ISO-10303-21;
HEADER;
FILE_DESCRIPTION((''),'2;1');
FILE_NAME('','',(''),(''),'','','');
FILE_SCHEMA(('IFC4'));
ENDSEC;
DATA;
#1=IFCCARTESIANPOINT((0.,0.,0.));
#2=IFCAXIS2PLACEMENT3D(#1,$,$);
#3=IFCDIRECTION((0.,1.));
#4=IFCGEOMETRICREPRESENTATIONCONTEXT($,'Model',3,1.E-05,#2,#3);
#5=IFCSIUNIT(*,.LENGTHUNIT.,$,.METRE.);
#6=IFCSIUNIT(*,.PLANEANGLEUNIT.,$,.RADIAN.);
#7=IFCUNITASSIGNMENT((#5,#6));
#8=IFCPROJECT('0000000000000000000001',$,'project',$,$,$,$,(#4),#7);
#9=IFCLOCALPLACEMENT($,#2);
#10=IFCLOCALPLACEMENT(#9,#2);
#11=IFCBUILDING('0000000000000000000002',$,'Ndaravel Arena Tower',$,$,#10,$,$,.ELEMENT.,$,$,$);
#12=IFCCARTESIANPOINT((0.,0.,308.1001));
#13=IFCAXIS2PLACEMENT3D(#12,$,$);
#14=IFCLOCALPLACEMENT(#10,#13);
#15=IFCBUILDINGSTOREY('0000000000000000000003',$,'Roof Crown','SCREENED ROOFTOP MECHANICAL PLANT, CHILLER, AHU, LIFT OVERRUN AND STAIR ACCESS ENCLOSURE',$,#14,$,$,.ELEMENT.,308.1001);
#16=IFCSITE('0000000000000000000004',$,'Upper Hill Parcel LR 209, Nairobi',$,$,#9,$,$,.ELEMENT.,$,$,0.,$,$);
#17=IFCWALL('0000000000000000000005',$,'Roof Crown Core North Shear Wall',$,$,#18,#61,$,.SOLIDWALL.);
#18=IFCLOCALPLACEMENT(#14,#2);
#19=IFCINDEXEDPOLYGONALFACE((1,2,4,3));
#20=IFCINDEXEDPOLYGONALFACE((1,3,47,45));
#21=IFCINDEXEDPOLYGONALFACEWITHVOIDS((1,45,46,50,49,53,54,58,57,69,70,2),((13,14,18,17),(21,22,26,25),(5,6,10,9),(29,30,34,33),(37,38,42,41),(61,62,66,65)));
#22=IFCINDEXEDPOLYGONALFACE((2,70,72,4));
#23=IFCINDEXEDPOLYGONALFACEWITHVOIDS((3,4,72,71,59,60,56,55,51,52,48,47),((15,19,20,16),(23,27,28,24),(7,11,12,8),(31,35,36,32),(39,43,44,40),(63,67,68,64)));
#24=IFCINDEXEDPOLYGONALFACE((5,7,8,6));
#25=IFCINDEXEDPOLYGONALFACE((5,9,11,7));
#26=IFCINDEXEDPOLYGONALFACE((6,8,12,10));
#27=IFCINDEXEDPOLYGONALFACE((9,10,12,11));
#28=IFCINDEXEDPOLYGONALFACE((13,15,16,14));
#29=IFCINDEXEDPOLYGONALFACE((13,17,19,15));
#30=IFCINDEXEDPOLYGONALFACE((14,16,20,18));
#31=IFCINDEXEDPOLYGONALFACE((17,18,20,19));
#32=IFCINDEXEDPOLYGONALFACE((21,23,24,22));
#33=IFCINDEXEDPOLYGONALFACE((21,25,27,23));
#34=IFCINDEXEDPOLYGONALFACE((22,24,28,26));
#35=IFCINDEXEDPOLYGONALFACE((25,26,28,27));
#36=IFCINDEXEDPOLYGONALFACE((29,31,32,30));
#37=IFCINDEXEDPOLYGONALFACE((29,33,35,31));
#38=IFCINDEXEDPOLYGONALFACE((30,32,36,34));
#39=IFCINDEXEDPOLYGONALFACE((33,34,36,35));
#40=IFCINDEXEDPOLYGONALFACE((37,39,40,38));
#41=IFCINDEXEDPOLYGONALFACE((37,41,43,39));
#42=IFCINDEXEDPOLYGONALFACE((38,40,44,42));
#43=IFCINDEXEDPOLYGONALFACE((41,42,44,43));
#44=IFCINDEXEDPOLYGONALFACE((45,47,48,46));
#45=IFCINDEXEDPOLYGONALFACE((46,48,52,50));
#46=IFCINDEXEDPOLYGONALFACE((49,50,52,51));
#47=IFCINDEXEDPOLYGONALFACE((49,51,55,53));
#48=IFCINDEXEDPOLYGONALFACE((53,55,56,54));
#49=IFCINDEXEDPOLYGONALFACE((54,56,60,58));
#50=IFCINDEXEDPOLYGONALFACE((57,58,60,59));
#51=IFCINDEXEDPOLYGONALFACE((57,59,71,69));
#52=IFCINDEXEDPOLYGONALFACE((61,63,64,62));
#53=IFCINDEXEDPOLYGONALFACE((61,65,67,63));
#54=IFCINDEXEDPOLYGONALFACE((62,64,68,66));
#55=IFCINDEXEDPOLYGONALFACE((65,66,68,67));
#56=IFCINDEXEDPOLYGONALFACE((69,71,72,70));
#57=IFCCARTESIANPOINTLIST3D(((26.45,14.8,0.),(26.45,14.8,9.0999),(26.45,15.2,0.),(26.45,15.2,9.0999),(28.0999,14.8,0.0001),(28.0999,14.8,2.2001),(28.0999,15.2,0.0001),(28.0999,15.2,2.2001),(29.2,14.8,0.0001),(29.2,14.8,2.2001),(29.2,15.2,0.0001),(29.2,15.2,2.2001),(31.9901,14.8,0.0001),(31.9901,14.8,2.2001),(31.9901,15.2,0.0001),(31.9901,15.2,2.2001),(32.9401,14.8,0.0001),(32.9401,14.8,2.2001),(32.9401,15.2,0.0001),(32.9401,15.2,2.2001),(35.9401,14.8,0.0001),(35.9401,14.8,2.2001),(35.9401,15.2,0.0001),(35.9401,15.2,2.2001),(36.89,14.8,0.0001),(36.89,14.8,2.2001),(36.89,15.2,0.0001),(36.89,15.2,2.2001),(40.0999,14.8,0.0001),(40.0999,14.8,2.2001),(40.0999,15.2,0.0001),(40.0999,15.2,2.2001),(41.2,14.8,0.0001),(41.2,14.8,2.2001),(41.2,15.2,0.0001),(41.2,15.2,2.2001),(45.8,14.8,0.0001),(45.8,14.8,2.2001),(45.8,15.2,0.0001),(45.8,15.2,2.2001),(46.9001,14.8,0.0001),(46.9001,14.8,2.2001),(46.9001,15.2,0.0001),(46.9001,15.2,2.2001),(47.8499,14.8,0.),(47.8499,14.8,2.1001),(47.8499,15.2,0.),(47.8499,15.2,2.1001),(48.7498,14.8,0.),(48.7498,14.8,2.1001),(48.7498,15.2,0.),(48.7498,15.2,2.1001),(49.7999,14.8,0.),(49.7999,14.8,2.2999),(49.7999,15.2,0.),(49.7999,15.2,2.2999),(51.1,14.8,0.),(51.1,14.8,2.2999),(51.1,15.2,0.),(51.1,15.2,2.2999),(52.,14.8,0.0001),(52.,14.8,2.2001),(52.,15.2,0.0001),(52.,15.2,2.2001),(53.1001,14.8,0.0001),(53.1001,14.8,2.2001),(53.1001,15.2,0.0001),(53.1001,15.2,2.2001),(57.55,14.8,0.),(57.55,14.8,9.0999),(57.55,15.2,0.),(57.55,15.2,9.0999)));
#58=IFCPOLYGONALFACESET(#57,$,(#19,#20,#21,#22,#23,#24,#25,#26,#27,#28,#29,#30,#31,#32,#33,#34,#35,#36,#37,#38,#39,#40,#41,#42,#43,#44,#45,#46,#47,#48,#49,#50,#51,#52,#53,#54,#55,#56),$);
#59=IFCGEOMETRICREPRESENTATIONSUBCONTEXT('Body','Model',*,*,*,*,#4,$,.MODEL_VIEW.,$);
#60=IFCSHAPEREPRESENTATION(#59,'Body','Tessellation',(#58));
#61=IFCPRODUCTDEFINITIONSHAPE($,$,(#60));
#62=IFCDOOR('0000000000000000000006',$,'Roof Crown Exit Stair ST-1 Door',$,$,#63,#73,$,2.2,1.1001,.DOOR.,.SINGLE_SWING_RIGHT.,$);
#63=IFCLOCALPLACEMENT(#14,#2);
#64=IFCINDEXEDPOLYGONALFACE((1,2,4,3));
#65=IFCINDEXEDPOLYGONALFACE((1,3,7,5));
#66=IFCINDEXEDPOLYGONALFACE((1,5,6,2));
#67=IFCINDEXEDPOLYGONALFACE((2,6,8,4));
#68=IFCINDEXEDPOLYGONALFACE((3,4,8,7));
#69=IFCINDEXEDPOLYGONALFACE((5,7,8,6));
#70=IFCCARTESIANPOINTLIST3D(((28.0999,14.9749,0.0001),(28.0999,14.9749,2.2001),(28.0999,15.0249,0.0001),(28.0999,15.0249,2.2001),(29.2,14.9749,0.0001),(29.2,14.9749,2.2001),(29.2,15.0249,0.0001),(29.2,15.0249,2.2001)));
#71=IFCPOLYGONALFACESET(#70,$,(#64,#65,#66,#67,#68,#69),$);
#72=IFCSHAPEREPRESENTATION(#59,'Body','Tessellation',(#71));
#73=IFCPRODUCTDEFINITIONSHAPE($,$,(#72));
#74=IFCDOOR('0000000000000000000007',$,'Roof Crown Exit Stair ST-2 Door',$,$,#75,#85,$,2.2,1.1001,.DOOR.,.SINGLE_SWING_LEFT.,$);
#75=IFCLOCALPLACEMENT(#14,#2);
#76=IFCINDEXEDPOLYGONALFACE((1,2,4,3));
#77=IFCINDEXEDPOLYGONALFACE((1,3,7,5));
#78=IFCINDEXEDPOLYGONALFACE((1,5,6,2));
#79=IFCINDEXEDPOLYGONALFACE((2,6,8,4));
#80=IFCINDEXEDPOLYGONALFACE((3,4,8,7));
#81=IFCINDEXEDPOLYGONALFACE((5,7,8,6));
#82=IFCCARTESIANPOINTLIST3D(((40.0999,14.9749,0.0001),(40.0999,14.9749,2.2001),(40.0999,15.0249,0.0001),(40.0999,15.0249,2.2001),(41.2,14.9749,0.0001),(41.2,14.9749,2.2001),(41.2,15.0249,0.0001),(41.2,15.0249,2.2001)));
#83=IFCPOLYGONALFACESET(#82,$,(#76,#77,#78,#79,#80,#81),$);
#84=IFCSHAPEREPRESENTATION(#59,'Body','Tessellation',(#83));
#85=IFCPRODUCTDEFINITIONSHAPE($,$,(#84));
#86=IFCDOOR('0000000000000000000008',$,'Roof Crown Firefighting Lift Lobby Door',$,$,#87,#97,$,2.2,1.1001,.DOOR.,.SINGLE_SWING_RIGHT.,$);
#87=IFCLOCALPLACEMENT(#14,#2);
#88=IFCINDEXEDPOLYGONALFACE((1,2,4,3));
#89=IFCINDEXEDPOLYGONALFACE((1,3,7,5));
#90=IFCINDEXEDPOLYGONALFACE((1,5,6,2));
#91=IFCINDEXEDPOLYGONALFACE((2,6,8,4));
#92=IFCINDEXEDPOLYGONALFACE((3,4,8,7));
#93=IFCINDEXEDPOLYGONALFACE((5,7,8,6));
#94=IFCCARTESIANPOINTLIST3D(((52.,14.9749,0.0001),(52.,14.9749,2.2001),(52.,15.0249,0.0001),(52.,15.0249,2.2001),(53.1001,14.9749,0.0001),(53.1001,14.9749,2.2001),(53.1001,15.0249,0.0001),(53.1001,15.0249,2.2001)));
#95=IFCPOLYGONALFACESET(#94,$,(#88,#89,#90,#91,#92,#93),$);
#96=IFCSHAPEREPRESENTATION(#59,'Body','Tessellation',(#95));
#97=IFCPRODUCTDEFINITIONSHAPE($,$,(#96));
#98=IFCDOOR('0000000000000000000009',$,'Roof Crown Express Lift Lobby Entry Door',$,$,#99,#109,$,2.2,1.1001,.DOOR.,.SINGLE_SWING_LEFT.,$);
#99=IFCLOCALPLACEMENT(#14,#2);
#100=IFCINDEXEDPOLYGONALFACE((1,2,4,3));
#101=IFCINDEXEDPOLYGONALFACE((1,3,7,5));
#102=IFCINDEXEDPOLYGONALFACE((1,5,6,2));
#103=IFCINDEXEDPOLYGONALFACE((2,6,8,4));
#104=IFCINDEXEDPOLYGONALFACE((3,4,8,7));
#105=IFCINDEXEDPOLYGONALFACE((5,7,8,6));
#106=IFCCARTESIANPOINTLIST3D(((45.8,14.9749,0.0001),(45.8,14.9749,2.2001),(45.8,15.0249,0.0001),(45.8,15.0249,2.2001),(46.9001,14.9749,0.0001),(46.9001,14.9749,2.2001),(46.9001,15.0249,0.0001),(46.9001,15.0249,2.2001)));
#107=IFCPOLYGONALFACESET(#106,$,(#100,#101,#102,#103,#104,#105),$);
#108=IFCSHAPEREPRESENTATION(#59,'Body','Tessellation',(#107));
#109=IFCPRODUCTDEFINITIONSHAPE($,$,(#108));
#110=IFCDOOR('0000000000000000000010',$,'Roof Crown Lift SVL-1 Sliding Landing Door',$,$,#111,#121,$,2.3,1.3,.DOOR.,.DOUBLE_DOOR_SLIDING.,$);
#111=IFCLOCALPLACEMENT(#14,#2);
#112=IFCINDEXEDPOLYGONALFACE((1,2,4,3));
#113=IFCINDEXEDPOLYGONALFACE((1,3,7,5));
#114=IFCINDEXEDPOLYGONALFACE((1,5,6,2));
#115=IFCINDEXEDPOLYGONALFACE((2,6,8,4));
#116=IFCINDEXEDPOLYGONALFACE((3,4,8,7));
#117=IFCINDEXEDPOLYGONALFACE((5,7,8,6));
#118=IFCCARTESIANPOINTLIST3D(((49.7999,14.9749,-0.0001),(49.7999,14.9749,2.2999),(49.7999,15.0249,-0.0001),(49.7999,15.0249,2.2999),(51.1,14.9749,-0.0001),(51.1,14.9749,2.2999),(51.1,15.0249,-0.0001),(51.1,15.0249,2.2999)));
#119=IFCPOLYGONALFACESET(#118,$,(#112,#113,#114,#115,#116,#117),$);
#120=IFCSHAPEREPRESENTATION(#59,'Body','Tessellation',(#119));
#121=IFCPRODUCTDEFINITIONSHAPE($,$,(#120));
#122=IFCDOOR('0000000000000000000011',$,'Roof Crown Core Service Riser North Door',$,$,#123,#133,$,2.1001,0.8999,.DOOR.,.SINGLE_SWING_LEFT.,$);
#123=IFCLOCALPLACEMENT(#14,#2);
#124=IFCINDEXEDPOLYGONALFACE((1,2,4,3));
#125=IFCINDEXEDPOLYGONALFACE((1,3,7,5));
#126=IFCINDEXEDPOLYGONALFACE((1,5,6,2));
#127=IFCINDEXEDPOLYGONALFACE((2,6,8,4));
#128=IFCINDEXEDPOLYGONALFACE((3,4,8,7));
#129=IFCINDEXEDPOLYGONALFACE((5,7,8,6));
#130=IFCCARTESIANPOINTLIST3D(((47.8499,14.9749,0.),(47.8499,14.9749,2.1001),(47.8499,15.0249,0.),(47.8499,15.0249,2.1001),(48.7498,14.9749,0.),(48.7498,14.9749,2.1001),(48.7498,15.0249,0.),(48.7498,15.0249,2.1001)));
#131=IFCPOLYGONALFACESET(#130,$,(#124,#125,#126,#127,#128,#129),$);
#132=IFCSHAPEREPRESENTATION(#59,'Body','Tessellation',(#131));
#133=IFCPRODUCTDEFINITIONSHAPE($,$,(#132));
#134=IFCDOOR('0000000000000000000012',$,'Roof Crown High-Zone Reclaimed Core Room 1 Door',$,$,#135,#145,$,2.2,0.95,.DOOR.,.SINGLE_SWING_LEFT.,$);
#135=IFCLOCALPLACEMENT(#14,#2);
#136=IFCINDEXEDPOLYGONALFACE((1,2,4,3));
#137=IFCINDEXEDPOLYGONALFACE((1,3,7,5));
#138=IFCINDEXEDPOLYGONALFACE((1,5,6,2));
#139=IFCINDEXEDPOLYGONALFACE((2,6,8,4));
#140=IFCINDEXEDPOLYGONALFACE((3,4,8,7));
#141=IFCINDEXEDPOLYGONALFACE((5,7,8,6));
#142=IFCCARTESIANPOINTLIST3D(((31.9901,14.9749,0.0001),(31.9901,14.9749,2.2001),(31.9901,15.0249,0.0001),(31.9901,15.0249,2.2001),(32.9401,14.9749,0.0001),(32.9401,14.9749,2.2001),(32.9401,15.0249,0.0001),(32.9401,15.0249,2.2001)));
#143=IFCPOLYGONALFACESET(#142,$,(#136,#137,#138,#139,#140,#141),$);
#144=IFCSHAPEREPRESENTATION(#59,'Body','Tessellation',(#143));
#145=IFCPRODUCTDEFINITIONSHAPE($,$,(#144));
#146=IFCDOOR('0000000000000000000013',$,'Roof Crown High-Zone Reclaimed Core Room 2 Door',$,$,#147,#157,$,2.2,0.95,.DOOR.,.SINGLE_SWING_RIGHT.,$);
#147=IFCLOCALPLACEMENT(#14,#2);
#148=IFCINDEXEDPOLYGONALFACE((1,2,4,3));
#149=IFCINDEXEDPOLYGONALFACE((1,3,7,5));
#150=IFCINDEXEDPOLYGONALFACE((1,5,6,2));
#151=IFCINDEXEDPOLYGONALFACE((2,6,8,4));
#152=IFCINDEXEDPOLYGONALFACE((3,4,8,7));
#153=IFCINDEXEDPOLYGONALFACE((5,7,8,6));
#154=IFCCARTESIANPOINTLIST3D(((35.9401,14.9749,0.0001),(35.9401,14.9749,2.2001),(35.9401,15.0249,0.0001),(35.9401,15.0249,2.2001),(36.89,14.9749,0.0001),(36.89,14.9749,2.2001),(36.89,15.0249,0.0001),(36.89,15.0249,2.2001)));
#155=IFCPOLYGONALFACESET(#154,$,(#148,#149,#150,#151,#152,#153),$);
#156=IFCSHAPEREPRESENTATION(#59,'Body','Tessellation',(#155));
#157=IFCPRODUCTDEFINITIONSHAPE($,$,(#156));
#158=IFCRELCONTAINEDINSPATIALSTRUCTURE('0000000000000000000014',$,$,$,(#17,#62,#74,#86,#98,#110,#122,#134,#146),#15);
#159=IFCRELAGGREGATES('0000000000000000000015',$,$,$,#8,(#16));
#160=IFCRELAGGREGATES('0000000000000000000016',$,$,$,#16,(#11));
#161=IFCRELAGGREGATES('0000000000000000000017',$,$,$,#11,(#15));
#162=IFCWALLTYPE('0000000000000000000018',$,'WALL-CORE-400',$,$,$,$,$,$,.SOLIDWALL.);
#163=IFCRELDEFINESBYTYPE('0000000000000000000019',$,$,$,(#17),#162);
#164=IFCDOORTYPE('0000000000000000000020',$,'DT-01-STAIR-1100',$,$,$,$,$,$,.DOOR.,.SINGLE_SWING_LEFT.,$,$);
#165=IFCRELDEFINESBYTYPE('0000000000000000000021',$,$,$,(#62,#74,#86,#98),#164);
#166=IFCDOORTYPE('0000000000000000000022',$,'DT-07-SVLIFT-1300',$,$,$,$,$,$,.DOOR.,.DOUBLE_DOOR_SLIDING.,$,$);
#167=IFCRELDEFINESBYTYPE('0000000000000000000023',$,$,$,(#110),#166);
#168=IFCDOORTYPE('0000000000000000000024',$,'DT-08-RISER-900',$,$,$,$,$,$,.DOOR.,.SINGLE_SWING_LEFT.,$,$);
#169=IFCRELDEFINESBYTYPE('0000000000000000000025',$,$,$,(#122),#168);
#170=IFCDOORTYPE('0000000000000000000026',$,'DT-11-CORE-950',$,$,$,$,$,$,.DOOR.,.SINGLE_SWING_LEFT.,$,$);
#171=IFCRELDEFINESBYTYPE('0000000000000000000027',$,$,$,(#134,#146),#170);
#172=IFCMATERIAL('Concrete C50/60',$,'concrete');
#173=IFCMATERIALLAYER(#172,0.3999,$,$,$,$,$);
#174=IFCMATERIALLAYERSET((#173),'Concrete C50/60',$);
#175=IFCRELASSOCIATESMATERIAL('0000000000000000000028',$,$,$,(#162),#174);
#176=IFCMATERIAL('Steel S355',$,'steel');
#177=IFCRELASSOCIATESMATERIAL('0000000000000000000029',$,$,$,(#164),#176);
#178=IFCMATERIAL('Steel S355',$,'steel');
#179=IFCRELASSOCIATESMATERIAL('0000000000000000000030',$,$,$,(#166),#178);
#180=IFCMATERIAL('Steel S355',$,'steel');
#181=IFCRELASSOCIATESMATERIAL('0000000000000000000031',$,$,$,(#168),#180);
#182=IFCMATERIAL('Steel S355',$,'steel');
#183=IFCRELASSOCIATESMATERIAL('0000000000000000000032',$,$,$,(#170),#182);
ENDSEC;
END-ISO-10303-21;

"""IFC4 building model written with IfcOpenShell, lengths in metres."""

from ifc_helpers import new_model, si_unit, direction, frame, frame_2d, origin, place, context, subcontext, project, spatial, rectangle, extrude, material, layer, layer_set, type_object, element, fill, save


model = new_model("IFC4")

# Units and contexts
model_context = context("Model", 3, precision=1e-05, world=origin(), true_north=direction((0.0, 1.0)))
body_context = subcontext(model_context, "Body", "Model", "MODEL_VIEW")
ifc_project = project(units=[si_unit("LENGTHUNIT", "METRE"), si_unit("PLANEANGLEUNIT", "RADIAN")], contexts=[model_context])

# Site, building, storey
site_placement = place(None, origin())
site = spatial("IfcSite", under=ifc_project, at=site_placement, Name="Upper Hill Parcel LR 209, Nairobi", CompositionType="ELEMENT", RefElevation=0.0)
building_placement = place(site_placement, origin())
building = spatial("IfcBuilding", under=site, at=building_placement, Name="Ndaravel Arena Tower", CompositionType="ELEMENT")
storey_placement = place(building_placement, frame((0.0, 0.0, 308.1001)))
storey = spatial("IfcBuildingStorey", under=building, at=storey_placement, Name="Roof Crown", Description="SCREENED ROOFTOP MECHANICAL PLANT, CHILLER, AHU, LIFT OVERRUN AND STAIR ACCESS ENCLOSURE", CompositionType="ELEMENT", Elevation=308.1001)

# Wall, openings, doors
ifc_material_1 = material(Name="Concrete C50/60", Category="concrete")
ifc_layer_1 = layer(ifc_material_1, 0.3999)
ifc_layer_set_1 = layer_set([ifc_layer_1], Name="Concrete C50/60")
wall_type_1 = type_object("IfcWallType", Name="WALL-CORE-400", PredefinedType="SOLIDWALL", material=ifc_layer_set_1)
wall_1_placement = place(storey_placement, frame((26.45, 15.0, 0.0), z_axis=(0.0, 0.0, 1.0), x_axis=(1.0, 0.0, 0.0)))
wall_1 = element("IfcWall", 1, at=wall_1_placement, inside=storey, type_object=wall_type_1, Name="Roof Crown Core North Shear Wall", PredefinedType="SOLIDWALL", context=body_context, shape_type="SweptSolid", body=[
    extrude(rectangle(XDim=31.1001, YDim=0.3999, at=frame_2d((15.55, 0.0))), origin(), (0.0, 0.0, 1.0), 9.0999),
])
opening_1_placement = place(wall_1_placement, frame((1.6499, 0.0, 0.0)))
opening_1 = element("IfcOpeningElement", 2, at=opening_1_placement, cuts=wall_1, PredefinedType="OPENING", context=body_context, shape_type="SweptSolid", body=[
    extrude(rectangle(XDim=1.1001, YDim=2.2, at=frame_2d((0.55, 1.1001))), frame((0.0, 0.2, 0.0), z_axis=(0.0, -1.0, 0.0), x_axis=(1.0, 0.0, 0.0)), (0.0, 0.0, 1.0), 0.3999),
])
opening_2_placement = place(wall_1_placement, frame((13.6499, 0.0, 0.0)))
opening_2 = element("IfcOpeningElement", 3, at=opening_2_placement, cuts=wall_1, PredefinedType="OPENING", context=body_context, shape_type="SweptSolid", body=[
    extrude(rectangle(XDim=1.1001, YDim=2.2, at=frame_2d((0.55, 1.1001))), frame((0.0, 0.2, 0.0), z_axis=(0.0, -1.0, 0.0), x_axis=(1.0, 0.0, 0.0)), (0.0, 0.0, 1.0), 0.3999),
])
opening_3_placement = place(wall_1_placement, frame((25.55, 0.0, 0.0)))
opening_3 = element("IfcOpeningElement", 4, at=opening_3_placement, cuts=wall_1, PredefinedType="OPENING", context=body_context, shape_type="SweptSolid", body=[
    extrude(rectangle(XDim=1.1001, YDim=2.2, at=frame_2d((0.55, 1.1001))), frame((0.0, 0.2, 0.0), z_axis=(0.0, -1.0, 0.0), x_axis=(1.0, 0.0, 0.0)), (0.0, 0.0, 1.0), 0.3999),
])
opening_4_placement = place(wall_1_placement, frame((19.3501, 0.0, 0.0)))
opening_4 = element("IfcOpeningElement", 5, at=opening_4_placement, cuts=wall_1, PredefinedType="OPENING", context=body_context, shape_type="SweptSolid", body=[
    extrude(rectangle(XDim=1.1001, YDim=2.2, at=frame_2d((0.55, 1.1001))), frame((0.0, 0.2, 0.0), z_axis=(0.0, -1.0, 0.0), x_axis=(1.0, 0.0, 0.0)), (0.0, 0.0, 1.0), 0.3999),
])
opening_5_placement = place(wall_1_placement, frame((21.3999, 0.0, 0.0)))
opening_5 = element("IfcOpeningElement", 6, at=opening_5_placement, cuts=wall_1, PredefinedType="OPENING", context=body_context, shape_type="SweptSolid", body=[
    extrude(rectangle(XDim=0.8999, YDim=2.1001, at=frame_2d((0.45, 1.05))), frame((0.0, 0.2, 0.0), z_axis=(0.0, -1.0, 0.0), x_axis=(1.0, 0.0, 0.0)), (0.0, 0.0, 1.0), 0.3999),
])
opening_6_placement = place(wall_1_placement, frame((5.54, 0.0, 0.0)))
opening_6 = element("IfcOpeningElement", 7, at=opening_6_placement, cuts=wall_1, PredefinedType="OPENING", context=body_context, shape_type="SweptSolid", body=[
    extrude(rectangle(XDim=0.95, YDim=2.2, at=frame_2d((0.4751, 1.1001))), frame((0.0, 0.2, 0.0), z_axis=(0.0, -1.0, 0.0), x_axis=(1.0, 0.0, 0.0)), (0.0, 0.0, 1.0), 0.3999),
])
opening_7_placement = place(wall_1_placement, frame((9.49, 0.0, 0.0)))
opening_7 = element("IfcOpeningElement", 8, at=opening_7_placement, cuts=wall_1, PredefinedType="OPENING", context=body_context, shape_type="SweptSolid", body=[
    extrude(rectangle(XDim=0.95, YDim=2.2, at=frame_2d((0.4751, 1.1001))), frame((0.0, 0.2, 0.0), z_axis=(0.0, -1.0, 0.0), x_axis=(1.0, 0.0, 0.0)), (0.0, 0.0, 1.0), 0.3999),
])
opening_8_placement = place(wall_1_placement, frame((23.3501, 0.0, 0.0)))
opening_8 = element("IfcOpeningElement", 9, at=opening_8_placement, cuts=wall_1, PredefinedType="OPENING", context=body_context, shape_type="SweptSolid", body=[
    extrude(rectangle(XDim=1.3, YDim=2.3, at=frame_2d((0.6499, 1.1499))), frame((0.0, 0.2, 0.0), z_axis=(0.0, -1.0, 0.0), x_axis=(1.0, 0.0, 0.0)), (0.0, 0.0, 1.0), 0.3999),
])
ifc_material_2 = material(Name="Steel S355", Category="steel")
door_type_1 = type_object("IfcDoorType", Name="DT-01-STAIR-1100", OperationType="SINGLE_SWING_LEFT", PredefinedType="DOOR", material=ifc_material_2)
door_1_placement = place(opening_1_placement, origin())
door_1 = element("IfcDoor", 10, at=door_1_placement, inside=storey, type_object=door_type_1, Name="Roof Crown Exit Stair ST-1 Door", OperationType="SINGLE_SWING_RIGHT", OverallHeight=2.2, OverallWidth=1.1001, PredefinedType="DOOR", context=body_context, shape_type="SweptSolid", body=[
    extrude(rectangle(XDim=1.1001, YDim=2.2, at=frame_2d((0.55, 1.1001))), frame((0.0, 0.0249, 0.0), z_axis=(0.0, -1.0, 0.0), x_axis=(1.0, 0.0, 0.0)), (0.0, 0.0, 1.0), 0.05),
])
fill(opening_1, door_1)
door_2_placement = place(opening_2_placement, origin())
door_2 = element("IfcDoor", 11, at=door_2_placement, inside=storey, type_object=door_type_1, Name="Roof Crown Exit Stair ST-2 Door", OperationType="SINGLE_SWING_LEFT", OverallHeight=2.2, OverallWidth=1.1001, PredefinedType="DOOR", context=body_context, shape_type="SweptSolid", body=[
    extrude(rectangle(XDim=1.1001, YDim=2.2, at=frame_2d((0.55, 1.1001))), frame((0.0, 0.0249, 0.0), z_axis=(0.0, -1.0, 0.0), x_axis=(1.0, 0.0, 0.0)), (0.0, 0.0, 1.0), 0.05),
])
fill(opening_2, door_2)
door_3_placement = place(opening_3_placement, origin())
door_3 = element("IfcDoor", 12, at=door_3_placement, inside=storey, type_object=door_type_1, Name="Roof Crown Firefighting Lift Lobby Door", OperationType="SINGLE_SWING_RIGHT", OverallHeight=2.2, OverallWidth=1.1001, PredefinedType="DOOR", context=body_context, shape_type="SweptSolid", body=[
    extrude(rectangle(XDim=1.1001, YDim=2.2, at=frame_2d((0.55, 1.1001))), frame((0.0, 0.0249, 0.0), z_axis=(0.0, -1.0, 0.0), x_axis=(1.0, 0.0, 0.0)), (0.0, 0.0, 1.0), 0.05),
])
fill(opening_3, door_3)
door_4_placement = place(opening_4_placement, origin())
door_4 = element("IfcDoor", 13, at=door_4_placement, inside=storey, type_object=door_type_1, Name="Roof Crown Express Lift Lobby Entry Door", OperationType="SINGLE_SWING_LEFT", OverallHeight=2.2, OverallWidth=1.1001, PredefinedType="DOOR", context=body_context, shape_type="SweptSolid", body=[
    extrude(rectangle(XDim=1.1001, YDim=2.2, at=frame_2d((0.55, 1.1001))), frame((0.0, 0.0249, 0.0), z_axis=(0.0, -1.0, 0.0), x_axis=(1.0, 0.0, 0.0)), (0.0, 0.0, 1.0), 0.05),
])
fill(opening_4, door_4)
ifc_material_3 = material(Name="Steel S355", Category="steel")
door_type_2 = type_object("IfcDoorType", Name="DT-07-SVLIFT-1300", OperationType="DOUBLE_DOOR_SLIDING", PredefinedType="DOOR", material=ifc_material_3)
door_5_placement = place(opening_8_placement, origin())
door_5 = element("IfcDoor", 14, at=door_5_placement, inside=storey, type_object=door_type_2, Name="Roof Crown Lift SVL-1 Sliding Landing Door", OperationType="DOUBLE_DOOR_SLIDING", OverallHeight=2.3, OverallWidth=1.3, PredefinedType="DOOR", context=body_context, shape_type="SweptSolid", body=[
    extrude(rectangle(XDim=1.3, YDim=2.3, at=frame_2d((0.6499, 1.1499))), frame((0.0, 0.0249, 0.0), z_axis=(0.0, -1.0, 0.0), x_axis=(1.0, 0.0, 0.0)), (0.0, 0.0, 1.0), 0.05),
])
fill(opening_8, door_5)
ifc_material_4 = material(Name="Steel S355", Category="steel")
door_type_3 = type_object("IfcDoorType", Name="DT-08-RISER-900", OperationType="SINGLE_SWING_LEFT", PredefinedType="DOOR", material=ifc_material_4)
door_6_placement = place(opening_5_placement, origin())
door_6 = element("IfcDoor", 15, at=door_6_placement, inside=storey, type_object=door_type_3, Name="Roof Crown Core Service Riser North Door", OperationType="SINGLE_SWING_LEFT", OverallHeight=2.1001, OverallWidth=0.8999, PredefinedType="DOOR", context=body_context, shape_type="SweptSolid", body=[
    extrude(rectangle(XDim=0.8999, YDim=2.1001, at=frame_2d((0.45, 1.05))), frame((0.0, 0.0249, 0.0), z_axis=(0.0, -1.0, 0.0), x_axis=(1.0, 0.0, 0.0)), (0.0, 0.0, 1.0), 0.05),
])
fill(opening_5, door_6)
ifc_material_5 = material(Name="Steel S355", Category="steel")
door_type_4 = type_object("IfcDoorType", Name="DT-11-CORE-950", OperationType="SINGLE_SWING_LEFT", PredefinedType="DOOR", material=ifc_material_5)
door_7_placement = place(opening_6_placement, origin())
door_7 = element("IfcDoor", 16, at=door_7_placement, inside=storey, type_object=door_type_4, Name="Roof Crown High-Zone Reclaimed Core Room 1 Door", OperationType="SINGLE_SWING_LEFT", OverallHeight=2.2, OverallWidth=0.95, PredefinedType="DOOR", context=body_context, shape_type="SweptSolid", body=[
    extrude(rectangle(XDim=0.95, YDim=2.2, at=frame_2d((0.4751, 1.1001))), frame((0.0, 0.0249, 0.0), z_axis=(0.0, -1.0, 0.0), x_axis=(1.0, 0.0, 0.0)), (0.0, 0.0, 1.0), 0.05),
])
fill(opening_6, door_7)
door_8_placement = place(opening_7_placement, origin())
door_8 = element("IfcDoor", 17, at=door_8_placement, inside=storey, type_object=door_type_4, Name="Roof Crown High-Zone Reclaimed Core Room 2 Door", OperationType="SINGLE_SWING_RIGHT", OverallHeight=2.2, OverallWidth=0.95, PredefinedType="DOOR", context=body_context, shape_type="SweptSolid", body=[
    extrude(rectangle(XDim=0.95, YDim=2.2, at=frame_2d((0.4751, 1.1001))), frame((0.0, 0.0249, 0.0), z_axis=(0.0, -1.0, 0.0), x_axis=(1.0, 0.0, 0.0)), (0.0, 0.0, 1.0), 0.05),
])
fill(opening_7, door_8)

save(model, "model.ifc")
